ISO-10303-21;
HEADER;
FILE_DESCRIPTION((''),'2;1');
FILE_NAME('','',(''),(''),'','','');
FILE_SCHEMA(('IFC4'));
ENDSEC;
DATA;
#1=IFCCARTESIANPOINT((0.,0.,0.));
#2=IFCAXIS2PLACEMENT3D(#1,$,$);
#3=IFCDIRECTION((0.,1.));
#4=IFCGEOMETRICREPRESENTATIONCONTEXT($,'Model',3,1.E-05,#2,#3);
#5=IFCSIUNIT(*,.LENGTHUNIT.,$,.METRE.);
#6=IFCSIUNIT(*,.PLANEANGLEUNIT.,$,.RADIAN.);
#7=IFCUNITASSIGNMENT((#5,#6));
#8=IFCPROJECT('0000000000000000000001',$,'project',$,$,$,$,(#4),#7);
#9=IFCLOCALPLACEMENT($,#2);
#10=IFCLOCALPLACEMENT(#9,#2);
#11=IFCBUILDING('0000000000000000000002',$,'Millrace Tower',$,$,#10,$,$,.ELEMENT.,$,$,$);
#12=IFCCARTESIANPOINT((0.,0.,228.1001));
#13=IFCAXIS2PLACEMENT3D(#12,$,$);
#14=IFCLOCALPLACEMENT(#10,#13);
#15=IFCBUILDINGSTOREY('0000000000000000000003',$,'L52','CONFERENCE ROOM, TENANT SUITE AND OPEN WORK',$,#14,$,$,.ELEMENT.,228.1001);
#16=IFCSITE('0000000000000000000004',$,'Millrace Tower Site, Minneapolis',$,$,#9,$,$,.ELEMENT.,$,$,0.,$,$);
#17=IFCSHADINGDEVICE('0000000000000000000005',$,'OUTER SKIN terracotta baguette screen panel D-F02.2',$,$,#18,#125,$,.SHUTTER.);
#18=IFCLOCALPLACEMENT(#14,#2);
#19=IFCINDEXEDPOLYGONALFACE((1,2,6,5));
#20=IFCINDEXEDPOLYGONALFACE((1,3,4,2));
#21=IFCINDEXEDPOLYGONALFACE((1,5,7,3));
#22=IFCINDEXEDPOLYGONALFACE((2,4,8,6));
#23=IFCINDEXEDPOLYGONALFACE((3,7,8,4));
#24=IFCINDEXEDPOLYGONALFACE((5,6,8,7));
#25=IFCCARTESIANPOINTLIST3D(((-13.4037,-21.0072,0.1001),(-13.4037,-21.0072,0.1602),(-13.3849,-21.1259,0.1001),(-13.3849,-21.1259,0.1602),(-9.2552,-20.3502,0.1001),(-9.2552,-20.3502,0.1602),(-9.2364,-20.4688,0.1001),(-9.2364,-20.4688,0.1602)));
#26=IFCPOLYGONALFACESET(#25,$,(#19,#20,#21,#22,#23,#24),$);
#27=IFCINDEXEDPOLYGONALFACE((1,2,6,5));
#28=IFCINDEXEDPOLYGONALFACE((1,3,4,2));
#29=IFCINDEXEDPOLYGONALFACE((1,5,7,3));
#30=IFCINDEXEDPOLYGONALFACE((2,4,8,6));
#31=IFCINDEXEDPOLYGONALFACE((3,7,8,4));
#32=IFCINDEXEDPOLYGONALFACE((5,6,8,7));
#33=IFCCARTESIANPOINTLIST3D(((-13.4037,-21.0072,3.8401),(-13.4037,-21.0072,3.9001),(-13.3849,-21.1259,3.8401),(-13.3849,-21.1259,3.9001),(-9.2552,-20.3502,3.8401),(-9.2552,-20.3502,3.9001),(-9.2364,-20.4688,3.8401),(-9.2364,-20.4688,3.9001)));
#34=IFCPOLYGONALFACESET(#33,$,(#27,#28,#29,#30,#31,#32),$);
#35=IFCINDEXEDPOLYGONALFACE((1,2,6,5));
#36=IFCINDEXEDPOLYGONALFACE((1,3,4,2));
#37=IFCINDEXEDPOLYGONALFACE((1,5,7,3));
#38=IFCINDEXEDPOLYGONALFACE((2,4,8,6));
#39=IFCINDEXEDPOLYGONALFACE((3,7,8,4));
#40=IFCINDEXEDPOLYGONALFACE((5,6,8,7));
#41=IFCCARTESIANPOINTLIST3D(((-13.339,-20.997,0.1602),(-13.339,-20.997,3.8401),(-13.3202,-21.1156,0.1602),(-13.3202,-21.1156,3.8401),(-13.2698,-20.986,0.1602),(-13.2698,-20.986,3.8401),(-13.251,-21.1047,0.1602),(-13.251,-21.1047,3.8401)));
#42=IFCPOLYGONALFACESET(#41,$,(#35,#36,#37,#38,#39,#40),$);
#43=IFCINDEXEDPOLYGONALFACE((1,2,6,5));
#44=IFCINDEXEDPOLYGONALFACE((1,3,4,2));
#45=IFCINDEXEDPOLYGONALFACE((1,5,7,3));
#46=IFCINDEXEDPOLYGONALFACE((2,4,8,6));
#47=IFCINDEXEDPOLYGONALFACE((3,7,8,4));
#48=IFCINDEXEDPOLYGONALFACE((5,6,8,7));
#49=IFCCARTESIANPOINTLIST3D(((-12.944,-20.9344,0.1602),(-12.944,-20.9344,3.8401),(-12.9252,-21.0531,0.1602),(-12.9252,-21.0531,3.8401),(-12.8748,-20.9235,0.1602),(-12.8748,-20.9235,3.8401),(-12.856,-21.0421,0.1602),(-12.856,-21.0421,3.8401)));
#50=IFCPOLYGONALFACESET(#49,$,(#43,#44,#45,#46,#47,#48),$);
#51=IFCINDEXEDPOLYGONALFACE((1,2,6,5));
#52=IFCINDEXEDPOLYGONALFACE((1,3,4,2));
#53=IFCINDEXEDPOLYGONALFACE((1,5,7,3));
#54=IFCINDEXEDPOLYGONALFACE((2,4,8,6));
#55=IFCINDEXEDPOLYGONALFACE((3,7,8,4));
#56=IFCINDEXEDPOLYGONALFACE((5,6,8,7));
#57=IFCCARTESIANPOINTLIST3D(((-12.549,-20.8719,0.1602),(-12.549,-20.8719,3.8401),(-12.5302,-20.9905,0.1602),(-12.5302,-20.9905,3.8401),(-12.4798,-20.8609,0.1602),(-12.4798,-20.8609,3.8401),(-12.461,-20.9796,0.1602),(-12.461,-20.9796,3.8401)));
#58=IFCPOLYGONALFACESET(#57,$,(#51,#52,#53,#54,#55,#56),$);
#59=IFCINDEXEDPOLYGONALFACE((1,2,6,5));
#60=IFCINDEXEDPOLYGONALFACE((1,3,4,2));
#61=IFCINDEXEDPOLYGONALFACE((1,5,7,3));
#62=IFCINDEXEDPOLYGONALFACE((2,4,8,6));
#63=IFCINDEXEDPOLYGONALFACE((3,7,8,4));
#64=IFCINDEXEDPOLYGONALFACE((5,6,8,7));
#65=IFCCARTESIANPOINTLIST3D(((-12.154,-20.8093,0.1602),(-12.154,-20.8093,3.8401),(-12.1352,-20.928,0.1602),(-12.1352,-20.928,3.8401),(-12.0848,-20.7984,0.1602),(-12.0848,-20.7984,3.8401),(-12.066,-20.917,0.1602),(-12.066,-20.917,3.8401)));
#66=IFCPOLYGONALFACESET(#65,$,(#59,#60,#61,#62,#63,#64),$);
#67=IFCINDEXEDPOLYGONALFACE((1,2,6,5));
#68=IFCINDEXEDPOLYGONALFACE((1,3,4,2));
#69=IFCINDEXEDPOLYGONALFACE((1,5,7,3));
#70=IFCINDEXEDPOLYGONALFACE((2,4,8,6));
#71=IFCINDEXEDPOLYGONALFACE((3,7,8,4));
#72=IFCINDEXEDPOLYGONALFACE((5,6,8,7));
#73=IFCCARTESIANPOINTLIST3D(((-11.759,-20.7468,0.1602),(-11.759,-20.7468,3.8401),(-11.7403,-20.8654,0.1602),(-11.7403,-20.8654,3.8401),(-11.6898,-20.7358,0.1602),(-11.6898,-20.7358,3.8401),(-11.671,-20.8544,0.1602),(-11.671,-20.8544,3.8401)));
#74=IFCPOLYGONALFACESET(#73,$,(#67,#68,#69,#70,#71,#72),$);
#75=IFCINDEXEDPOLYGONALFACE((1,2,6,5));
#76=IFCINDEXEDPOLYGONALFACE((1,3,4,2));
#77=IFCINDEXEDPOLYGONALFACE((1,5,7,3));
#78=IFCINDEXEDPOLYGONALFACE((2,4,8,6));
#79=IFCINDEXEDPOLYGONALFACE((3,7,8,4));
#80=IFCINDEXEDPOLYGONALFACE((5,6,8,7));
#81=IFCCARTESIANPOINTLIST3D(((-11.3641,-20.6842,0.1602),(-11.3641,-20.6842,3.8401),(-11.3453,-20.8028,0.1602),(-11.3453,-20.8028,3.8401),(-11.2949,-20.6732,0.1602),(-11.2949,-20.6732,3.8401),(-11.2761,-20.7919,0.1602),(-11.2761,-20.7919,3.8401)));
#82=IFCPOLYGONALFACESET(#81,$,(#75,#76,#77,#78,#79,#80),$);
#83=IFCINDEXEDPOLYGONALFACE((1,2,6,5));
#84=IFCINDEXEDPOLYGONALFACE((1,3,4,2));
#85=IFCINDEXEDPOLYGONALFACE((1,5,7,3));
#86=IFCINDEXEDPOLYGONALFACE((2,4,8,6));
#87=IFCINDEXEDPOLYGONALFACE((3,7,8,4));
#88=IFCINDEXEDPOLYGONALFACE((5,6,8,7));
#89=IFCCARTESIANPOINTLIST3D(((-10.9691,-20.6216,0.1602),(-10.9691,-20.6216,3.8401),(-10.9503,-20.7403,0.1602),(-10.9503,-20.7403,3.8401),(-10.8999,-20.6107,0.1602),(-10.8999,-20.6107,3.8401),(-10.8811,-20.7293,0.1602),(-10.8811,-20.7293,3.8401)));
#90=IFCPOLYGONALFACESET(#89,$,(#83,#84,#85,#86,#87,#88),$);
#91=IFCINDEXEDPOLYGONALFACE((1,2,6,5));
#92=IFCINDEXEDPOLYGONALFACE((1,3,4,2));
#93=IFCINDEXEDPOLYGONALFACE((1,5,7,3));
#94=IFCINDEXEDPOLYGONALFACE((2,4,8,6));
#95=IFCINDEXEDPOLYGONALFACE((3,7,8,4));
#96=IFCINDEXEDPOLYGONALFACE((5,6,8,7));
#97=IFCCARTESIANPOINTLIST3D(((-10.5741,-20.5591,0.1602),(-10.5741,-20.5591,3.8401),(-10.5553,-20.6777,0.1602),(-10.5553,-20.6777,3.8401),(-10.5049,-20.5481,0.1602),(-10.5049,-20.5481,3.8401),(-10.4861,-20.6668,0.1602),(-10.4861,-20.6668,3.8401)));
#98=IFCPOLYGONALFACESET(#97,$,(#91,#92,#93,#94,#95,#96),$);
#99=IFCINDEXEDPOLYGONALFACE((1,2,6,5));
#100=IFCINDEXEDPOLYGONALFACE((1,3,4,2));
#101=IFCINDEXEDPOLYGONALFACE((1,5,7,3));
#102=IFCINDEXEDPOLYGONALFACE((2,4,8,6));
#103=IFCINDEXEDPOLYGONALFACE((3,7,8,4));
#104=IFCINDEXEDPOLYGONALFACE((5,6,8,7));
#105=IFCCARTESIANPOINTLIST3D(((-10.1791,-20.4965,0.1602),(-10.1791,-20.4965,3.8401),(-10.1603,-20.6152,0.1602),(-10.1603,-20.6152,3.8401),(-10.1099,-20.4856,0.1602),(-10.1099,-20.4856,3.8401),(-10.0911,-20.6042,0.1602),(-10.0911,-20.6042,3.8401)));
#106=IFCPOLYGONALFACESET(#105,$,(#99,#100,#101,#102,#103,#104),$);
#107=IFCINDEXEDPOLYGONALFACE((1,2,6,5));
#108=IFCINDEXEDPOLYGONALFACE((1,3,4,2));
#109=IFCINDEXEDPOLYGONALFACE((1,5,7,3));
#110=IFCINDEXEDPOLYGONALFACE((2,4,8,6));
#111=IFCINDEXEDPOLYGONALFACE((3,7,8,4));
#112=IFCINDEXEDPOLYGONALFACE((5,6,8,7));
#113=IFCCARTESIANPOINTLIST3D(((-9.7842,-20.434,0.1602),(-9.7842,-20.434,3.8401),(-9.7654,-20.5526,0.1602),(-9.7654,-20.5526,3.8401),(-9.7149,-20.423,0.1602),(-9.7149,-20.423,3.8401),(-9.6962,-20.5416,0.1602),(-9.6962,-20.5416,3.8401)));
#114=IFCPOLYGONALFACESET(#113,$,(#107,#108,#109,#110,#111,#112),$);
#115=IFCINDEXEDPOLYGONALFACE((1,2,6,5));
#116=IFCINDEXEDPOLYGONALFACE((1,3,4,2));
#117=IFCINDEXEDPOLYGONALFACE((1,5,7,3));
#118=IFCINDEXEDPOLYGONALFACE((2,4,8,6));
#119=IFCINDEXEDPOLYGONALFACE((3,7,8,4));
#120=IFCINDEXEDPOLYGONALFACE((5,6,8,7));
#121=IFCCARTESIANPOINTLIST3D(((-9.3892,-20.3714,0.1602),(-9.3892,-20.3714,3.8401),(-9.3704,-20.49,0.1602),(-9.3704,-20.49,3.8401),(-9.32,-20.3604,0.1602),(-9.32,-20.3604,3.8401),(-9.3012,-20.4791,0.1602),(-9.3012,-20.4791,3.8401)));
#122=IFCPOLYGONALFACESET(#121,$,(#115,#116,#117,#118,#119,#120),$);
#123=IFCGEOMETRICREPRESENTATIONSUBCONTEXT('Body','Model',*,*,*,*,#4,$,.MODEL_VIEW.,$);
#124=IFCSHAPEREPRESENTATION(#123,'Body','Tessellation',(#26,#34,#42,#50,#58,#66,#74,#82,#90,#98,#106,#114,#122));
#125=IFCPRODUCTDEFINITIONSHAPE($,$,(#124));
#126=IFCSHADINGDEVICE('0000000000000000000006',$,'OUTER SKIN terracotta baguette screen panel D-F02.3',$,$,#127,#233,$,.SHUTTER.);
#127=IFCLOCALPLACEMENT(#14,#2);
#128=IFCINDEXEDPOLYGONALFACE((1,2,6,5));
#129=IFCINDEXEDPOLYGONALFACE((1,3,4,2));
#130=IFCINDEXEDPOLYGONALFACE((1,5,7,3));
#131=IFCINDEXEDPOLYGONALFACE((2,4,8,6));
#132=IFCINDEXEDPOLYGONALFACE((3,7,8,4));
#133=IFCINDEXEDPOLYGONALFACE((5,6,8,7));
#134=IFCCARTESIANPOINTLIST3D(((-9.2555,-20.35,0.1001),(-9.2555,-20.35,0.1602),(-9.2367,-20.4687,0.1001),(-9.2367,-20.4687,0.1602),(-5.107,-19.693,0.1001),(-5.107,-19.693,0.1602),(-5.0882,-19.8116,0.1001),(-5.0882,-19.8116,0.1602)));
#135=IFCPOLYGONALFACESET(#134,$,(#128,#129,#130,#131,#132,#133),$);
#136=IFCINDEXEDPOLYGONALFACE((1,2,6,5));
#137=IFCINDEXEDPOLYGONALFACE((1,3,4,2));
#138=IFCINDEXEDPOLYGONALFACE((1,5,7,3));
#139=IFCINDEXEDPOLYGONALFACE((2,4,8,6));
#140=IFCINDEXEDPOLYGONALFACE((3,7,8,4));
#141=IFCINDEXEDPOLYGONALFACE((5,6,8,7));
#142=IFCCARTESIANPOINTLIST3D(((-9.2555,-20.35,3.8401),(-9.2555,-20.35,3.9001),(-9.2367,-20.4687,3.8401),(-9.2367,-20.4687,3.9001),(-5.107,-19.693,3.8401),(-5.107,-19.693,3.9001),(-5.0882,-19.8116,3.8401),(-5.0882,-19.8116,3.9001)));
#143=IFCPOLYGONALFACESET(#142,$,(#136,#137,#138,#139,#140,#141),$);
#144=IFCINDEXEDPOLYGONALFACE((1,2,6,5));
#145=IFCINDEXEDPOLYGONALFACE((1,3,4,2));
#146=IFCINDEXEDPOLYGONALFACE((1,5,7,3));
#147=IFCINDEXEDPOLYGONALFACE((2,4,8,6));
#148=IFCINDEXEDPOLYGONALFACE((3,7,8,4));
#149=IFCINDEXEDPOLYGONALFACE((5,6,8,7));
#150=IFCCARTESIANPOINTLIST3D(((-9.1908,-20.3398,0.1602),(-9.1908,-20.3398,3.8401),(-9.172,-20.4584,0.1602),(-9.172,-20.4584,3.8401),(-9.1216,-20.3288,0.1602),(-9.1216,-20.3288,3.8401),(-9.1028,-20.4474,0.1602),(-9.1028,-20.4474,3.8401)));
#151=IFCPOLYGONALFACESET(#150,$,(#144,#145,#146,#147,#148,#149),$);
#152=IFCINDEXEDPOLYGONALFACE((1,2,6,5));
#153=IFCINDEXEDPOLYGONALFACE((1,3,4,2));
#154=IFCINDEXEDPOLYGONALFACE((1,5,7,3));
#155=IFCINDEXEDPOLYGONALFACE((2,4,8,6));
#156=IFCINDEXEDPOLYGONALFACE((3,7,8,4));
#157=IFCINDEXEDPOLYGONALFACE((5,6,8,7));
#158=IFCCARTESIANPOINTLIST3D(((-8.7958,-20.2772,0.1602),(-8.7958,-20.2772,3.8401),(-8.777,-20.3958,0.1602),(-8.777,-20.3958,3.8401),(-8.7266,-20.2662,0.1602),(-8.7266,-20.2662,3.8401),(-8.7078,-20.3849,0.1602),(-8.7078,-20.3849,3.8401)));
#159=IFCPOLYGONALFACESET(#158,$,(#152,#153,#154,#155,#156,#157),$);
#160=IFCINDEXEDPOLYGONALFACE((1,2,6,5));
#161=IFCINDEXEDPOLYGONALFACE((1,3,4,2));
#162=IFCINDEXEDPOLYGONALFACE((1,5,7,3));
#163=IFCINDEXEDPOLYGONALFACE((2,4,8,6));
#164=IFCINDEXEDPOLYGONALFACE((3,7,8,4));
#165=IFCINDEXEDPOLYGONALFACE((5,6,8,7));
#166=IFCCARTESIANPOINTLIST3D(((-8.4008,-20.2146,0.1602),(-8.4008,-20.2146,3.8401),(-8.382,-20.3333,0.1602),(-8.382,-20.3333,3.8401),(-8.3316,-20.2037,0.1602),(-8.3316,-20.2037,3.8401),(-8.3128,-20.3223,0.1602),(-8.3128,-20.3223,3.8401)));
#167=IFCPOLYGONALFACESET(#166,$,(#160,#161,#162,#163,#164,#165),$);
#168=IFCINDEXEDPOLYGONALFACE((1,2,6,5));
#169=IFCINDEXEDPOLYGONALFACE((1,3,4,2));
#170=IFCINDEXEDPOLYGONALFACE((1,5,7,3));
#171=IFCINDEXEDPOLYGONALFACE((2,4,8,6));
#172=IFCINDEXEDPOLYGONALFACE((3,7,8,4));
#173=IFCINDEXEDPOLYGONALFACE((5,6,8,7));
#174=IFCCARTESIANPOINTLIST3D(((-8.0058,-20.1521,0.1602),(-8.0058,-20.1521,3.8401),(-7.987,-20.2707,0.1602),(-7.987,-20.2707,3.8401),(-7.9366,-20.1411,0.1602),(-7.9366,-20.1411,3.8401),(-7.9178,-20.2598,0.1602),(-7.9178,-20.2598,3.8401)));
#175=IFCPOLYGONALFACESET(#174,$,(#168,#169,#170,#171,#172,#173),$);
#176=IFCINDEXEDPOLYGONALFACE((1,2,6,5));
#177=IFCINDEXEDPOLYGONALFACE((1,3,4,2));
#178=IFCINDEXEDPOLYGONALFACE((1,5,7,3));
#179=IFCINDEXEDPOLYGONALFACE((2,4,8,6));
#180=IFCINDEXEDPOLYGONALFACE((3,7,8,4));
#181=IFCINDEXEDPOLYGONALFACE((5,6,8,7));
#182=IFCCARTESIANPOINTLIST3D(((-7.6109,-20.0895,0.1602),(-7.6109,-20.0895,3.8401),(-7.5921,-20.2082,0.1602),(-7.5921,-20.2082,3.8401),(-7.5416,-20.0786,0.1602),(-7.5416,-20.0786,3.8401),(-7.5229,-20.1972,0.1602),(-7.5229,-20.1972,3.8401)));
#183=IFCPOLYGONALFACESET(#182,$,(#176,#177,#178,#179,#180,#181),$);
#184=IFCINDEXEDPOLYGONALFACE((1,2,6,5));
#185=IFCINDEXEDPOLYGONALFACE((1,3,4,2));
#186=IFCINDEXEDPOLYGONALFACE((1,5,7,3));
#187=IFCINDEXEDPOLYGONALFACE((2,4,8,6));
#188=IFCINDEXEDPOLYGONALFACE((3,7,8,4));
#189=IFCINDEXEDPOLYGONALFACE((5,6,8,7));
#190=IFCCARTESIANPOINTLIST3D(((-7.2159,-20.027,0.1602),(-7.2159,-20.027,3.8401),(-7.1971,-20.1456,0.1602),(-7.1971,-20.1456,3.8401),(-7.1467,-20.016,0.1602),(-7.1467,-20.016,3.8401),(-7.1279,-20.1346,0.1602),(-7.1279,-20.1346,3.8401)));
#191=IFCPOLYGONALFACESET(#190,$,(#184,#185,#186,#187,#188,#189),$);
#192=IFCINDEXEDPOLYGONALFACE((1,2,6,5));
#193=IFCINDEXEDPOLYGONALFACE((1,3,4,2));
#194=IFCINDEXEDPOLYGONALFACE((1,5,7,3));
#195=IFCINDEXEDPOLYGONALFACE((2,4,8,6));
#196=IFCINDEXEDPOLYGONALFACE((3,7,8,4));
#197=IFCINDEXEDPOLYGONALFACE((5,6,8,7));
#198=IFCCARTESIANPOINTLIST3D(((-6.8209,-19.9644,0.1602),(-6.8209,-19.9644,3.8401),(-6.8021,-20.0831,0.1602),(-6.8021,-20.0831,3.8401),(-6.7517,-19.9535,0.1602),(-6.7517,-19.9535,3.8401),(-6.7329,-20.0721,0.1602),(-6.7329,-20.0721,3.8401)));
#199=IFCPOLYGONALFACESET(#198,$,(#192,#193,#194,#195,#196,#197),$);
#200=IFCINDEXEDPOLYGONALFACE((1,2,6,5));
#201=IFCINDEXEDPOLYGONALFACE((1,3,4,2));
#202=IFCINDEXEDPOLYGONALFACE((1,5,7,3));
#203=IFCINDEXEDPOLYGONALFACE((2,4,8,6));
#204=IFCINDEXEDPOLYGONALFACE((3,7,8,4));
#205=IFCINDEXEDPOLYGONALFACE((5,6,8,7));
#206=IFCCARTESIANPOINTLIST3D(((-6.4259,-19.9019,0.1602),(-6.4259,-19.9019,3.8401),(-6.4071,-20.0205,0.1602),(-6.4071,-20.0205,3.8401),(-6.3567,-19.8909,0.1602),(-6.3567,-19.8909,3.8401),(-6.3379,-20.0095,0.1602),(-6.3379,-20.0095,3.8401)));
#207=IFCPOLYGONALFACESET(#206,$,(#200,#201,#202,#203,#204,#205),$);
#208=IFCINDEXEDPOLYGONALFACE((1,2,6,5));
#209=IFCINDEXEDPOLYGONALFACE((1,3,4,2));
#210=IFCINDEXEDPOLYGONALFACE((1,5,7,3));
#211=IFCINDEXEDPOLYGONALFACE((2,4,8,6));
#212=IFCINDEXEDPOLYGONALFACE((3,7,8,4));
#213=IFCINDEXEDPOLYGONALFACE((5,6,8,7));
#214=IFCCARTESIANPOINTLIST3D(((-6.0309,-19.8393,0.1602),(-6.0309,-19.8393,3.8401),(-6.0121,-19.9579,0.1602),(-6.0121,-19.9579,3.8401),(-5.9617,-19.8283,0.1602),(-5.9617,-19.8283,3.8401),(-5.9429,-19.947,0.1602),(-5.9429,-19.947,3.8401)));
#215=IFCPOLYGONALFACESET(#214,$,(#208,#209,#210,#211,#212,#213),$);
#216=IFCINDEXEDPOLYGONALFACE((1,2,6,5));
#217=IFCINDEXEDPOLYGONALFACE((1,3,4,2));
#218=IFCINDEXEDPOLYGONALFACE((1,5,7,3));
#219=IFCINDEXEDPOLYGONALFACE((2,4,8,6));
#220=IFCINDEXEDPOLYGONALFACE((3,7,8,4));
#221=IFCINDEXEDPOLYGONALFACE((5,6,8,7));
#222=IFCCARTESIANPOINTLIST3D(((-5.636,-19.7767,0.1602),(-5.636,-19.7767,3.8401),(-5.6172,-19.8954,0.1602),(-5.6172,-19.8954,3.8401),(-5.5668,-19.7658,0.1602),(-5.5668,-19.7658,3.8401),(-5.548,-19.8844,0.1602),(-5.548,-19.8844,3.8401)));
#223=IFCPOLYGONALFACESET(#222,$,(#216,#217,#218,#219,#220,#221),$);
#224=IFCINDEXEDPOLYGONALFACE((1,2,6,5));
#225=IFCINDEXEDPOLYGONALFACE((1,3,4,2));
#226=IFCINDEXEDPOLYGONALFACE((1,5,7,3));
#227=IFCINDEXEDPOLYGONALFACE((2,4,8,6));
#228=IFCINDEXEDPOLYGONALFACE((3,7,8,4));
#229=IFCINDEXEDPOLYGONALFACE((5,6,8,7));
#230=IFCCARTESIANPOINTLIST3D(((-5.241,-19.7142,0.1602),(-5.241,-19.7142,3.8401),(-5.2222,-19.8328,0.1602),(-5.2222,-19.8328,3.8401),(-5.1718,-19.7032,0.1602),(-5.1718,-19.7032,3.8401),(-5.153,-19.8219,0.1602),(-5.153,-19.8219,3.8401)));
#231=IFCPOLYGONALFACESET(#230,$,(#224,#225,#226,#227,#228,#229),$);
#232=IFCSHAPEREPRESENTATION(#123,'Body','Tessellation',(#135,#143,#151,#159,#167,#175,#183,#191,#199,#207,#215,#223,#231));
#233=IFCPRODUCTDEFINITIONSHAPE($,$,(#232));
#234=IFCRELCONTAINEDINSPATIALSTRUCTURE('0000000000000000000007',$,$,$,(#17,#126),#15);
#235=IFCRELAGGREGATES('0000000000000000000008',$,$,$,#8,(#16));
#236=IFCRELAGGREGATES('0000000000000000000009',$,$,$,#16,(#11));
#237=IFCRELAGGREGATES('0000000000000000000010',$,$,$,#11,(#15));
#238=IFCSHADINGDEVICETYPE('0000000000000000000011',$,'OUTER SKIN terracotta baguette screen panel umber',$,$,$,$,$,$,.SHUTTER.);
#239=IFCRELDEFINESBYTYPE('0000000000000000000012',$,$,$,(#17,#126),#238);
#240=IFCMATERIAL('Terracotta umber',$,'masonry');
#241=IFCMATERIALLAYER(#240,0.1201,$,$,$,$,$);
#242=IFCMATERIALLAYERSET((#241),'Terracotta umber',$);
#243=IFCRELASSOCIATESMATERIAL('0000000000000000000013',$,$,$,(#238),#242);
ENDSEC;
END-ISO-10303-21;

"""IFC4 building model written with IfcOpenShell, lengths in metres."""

from ifc_helpers import new_model, entity, si_unit, direction, frame, frame_2d, origin, origin_2d, place, context, subcontext, project, spatial, rectangle, extrude, source, transform, mapped, material, layer, layer_set, type_object, element, save


model = new_model("IFC4")

# Units and contexts
model_context = context("Model", 3, precision=1e-05, world=origin(), true_north=direction((0.0, 1.0)))
body_context = subcontext(model_context, "Body", "Model", "MODEL_VIEW")
ifc_project = project(units=[si_unit("LENGTHUNIT", "METRE"), si_unit("PLANEANGLEUNIT", "RADIAN")], contexts=[model_context])

# Site, building, storey
site_placement = place(None, origin())
site = spatial("IfcSite", under=ifc_project, at=site_placement, Name="Millrace Tower Site, Minneapolis", CompositionType="ELEMENT", RefElevation=0.0)
building_placement = place(site_placement, origin())
building = spatial("IfcBuilding", under=site, at=building_placement, Name="Millrace Tower", CompositionType="ELEMENT")
storey_placement = place(building_placement, frame((0.0, 0.0, 228.1001)))
storey = spatial("IfcBuildingStorey", under=building, at=storey_placement, Name="L52", Description="CONFERENCE ROOM, TENANT SUITE AND OPEN WORK", CompositionType="ELEMENT", Elevation=228.1001)

# Shading devices
ifc_material_1 = material(Name="Terracotta umber", Category="masonry")
ifc_layer_1 = layer(ifc_material_1, 0.1201)
ifc_layer_set_1 = layer_set([ifc_layer_1], Name="Terracotta umber")
shading_device_type = type_object("IfcShadingDeviceType", Name="OUTER SKIN terracotta baguette screen panel umber", PredefinedType="SHUTTER", material=ifc_layer_set_1)
cartesian_point = entity("IfcCartesianPoint", [-2.1001, 0.0601])
shared_polyline = entity("IfcPolyline", [cartesian_point, entity("IfcCartesianPoint", [2.1001, 0.0601]), entity("IfcCartesianPoint", [2.1001, -0.0601]), entity("IfcCartesianPoint", [-2.1001, -0.0601]), cartesian_point])
shared_shape = source(origin(), body_context, "Body", "SweptSolid", [
    entity("IfcExtrudedAreaSolid", entity("IfcArbitraryClosedProfileDef", "AREA", None, shared_polyline), entity("IfcAxis2Placement3D", entity("IfcCartesianPoint", [0.0, 0.0, 0.0])), entity("IfcDirection", [0.0, 0.0, 1.0]), 0.0601),
    entity("IfcExtrudedAreaSolid", entity("IfcArbitraryClosedProfileDef", "AREA", None, shared_polyline), entity("IfcAxis2Placement3D", entity("IfcCartesianPoint", [0.0, 0.0, 3.74])), entity("IfcDirection", [0.0, 0.0, 1.0]), 0.0601),
    extrude(rectangle(XDim=0.0701, YDim=0.1201, at=frame_2d((-1.9995, 0.0))), frame((0.0, 0.0, 0.0601)), (0.0, 0.0, 1.0), 3.6799),
    extrude(rectangle(XDim=0.0701, YDim=0.1201, at=frame_2d((-1.5996, 0.0))), frame((0.0, 0.0, 0.0601)), (0.0, 0.0, 1.0), 3.6799),
    extrude(rectangle(XDim=0.0701, YDim=0.1201, at=frame_2d((-1.1997, 0.0))), frame((0.0, 0.0, 0.0601)), (0.0, 0.0, 1.0), 3.6799),
    extrude(rectangle(XDim=0.0701, YDim=0.1201, at=frame_2d((-0.7998, 0.0))), frame((0.0, 0.0, 0.0601)), (0.0, 0.0, 1.0), 3.6799),
    extrude(rectangle(XDim=0.0701, YDim=0.1201, at=frame_2d((-0.3999, 0.0))), frame((0.0, 0.0, 0.0601)), (0.0, 0.0, 1.0), 3.6799),
    extrude(rectangle(XDim=0.0701, YDim=0.1201, at=origin_2d()), frame((0.0, 0.0, 0.0601)), (0.0, 0.0, 1.0), 3.6799),
    extrude(rectangle(XDim=0.0701, YDim=0.1201, at=frame_2d((0.3999, 0.0))), frame((0.0, 0.0, 0.0601)), (0.0, 0.0, 1.0), 3.6799),
    extrude(rectangle(XDim=0.0701, YDim=0.1201, at=frame_2d((0.7998, 0.0))), frame((0.0, 0.0, 0.0601)), (0.0, 0.0, 1.0), 3.6799),
    extrude(rectangle(XDim=0.0701, YDim=0.1201, at=frame_2d((1.1997, 0.0))), frame((0.0, 0.0, 0.0601)), (0.0, 0.0, 1.0), 3.6799),
    extrude(rectangle(XDim=0.0701, YDim=0.1201, at=frame_2d((1.5996, 0.0))), frame((0.0, 0.0, 0.0601)), (0.0, 0.0, 1.0), 3.6799),
    extrude(rectangle(XDim=0.0701, YDim=0.1201, at=frame_2d((1.9995, 0.0))), frame((0.0, 0.0, 0.0601)), (0.0, 0.0, 1.0), 3.6799),
])
for number, where, z_axis, x_axis, name in (
    (1, (-11.3201, -20.738, 0.1001), (0.0, 0.0, 1.0), (0.987688, 0.156434, 0.0), "OUTER SKIN terracotta baguette screen panel D-F02.2"),
    (2, (-7.1719, -20.0808, 0.1001), (0.0, 0.0, 1.0), (0.987688, 0.156434, 0.0), "OUTER SKIN terracotta baguette screen panel D-F02.3"),
):
    element("IfcShadingDevice", number, at=place(storey_placement, frame(where, z_axis=z_axis, x_axis=x_axis)), inside=storey, type_object=shading_device_type, Name=name, PredefinedType="SHUTTER", context=body_context, shape_type="MappedRepresentation", body=[
        mapped(shared_shape, transform((0.0, 0.0, 0.0), scale=1.0)),
    ])

save(model, "model.ifc")
